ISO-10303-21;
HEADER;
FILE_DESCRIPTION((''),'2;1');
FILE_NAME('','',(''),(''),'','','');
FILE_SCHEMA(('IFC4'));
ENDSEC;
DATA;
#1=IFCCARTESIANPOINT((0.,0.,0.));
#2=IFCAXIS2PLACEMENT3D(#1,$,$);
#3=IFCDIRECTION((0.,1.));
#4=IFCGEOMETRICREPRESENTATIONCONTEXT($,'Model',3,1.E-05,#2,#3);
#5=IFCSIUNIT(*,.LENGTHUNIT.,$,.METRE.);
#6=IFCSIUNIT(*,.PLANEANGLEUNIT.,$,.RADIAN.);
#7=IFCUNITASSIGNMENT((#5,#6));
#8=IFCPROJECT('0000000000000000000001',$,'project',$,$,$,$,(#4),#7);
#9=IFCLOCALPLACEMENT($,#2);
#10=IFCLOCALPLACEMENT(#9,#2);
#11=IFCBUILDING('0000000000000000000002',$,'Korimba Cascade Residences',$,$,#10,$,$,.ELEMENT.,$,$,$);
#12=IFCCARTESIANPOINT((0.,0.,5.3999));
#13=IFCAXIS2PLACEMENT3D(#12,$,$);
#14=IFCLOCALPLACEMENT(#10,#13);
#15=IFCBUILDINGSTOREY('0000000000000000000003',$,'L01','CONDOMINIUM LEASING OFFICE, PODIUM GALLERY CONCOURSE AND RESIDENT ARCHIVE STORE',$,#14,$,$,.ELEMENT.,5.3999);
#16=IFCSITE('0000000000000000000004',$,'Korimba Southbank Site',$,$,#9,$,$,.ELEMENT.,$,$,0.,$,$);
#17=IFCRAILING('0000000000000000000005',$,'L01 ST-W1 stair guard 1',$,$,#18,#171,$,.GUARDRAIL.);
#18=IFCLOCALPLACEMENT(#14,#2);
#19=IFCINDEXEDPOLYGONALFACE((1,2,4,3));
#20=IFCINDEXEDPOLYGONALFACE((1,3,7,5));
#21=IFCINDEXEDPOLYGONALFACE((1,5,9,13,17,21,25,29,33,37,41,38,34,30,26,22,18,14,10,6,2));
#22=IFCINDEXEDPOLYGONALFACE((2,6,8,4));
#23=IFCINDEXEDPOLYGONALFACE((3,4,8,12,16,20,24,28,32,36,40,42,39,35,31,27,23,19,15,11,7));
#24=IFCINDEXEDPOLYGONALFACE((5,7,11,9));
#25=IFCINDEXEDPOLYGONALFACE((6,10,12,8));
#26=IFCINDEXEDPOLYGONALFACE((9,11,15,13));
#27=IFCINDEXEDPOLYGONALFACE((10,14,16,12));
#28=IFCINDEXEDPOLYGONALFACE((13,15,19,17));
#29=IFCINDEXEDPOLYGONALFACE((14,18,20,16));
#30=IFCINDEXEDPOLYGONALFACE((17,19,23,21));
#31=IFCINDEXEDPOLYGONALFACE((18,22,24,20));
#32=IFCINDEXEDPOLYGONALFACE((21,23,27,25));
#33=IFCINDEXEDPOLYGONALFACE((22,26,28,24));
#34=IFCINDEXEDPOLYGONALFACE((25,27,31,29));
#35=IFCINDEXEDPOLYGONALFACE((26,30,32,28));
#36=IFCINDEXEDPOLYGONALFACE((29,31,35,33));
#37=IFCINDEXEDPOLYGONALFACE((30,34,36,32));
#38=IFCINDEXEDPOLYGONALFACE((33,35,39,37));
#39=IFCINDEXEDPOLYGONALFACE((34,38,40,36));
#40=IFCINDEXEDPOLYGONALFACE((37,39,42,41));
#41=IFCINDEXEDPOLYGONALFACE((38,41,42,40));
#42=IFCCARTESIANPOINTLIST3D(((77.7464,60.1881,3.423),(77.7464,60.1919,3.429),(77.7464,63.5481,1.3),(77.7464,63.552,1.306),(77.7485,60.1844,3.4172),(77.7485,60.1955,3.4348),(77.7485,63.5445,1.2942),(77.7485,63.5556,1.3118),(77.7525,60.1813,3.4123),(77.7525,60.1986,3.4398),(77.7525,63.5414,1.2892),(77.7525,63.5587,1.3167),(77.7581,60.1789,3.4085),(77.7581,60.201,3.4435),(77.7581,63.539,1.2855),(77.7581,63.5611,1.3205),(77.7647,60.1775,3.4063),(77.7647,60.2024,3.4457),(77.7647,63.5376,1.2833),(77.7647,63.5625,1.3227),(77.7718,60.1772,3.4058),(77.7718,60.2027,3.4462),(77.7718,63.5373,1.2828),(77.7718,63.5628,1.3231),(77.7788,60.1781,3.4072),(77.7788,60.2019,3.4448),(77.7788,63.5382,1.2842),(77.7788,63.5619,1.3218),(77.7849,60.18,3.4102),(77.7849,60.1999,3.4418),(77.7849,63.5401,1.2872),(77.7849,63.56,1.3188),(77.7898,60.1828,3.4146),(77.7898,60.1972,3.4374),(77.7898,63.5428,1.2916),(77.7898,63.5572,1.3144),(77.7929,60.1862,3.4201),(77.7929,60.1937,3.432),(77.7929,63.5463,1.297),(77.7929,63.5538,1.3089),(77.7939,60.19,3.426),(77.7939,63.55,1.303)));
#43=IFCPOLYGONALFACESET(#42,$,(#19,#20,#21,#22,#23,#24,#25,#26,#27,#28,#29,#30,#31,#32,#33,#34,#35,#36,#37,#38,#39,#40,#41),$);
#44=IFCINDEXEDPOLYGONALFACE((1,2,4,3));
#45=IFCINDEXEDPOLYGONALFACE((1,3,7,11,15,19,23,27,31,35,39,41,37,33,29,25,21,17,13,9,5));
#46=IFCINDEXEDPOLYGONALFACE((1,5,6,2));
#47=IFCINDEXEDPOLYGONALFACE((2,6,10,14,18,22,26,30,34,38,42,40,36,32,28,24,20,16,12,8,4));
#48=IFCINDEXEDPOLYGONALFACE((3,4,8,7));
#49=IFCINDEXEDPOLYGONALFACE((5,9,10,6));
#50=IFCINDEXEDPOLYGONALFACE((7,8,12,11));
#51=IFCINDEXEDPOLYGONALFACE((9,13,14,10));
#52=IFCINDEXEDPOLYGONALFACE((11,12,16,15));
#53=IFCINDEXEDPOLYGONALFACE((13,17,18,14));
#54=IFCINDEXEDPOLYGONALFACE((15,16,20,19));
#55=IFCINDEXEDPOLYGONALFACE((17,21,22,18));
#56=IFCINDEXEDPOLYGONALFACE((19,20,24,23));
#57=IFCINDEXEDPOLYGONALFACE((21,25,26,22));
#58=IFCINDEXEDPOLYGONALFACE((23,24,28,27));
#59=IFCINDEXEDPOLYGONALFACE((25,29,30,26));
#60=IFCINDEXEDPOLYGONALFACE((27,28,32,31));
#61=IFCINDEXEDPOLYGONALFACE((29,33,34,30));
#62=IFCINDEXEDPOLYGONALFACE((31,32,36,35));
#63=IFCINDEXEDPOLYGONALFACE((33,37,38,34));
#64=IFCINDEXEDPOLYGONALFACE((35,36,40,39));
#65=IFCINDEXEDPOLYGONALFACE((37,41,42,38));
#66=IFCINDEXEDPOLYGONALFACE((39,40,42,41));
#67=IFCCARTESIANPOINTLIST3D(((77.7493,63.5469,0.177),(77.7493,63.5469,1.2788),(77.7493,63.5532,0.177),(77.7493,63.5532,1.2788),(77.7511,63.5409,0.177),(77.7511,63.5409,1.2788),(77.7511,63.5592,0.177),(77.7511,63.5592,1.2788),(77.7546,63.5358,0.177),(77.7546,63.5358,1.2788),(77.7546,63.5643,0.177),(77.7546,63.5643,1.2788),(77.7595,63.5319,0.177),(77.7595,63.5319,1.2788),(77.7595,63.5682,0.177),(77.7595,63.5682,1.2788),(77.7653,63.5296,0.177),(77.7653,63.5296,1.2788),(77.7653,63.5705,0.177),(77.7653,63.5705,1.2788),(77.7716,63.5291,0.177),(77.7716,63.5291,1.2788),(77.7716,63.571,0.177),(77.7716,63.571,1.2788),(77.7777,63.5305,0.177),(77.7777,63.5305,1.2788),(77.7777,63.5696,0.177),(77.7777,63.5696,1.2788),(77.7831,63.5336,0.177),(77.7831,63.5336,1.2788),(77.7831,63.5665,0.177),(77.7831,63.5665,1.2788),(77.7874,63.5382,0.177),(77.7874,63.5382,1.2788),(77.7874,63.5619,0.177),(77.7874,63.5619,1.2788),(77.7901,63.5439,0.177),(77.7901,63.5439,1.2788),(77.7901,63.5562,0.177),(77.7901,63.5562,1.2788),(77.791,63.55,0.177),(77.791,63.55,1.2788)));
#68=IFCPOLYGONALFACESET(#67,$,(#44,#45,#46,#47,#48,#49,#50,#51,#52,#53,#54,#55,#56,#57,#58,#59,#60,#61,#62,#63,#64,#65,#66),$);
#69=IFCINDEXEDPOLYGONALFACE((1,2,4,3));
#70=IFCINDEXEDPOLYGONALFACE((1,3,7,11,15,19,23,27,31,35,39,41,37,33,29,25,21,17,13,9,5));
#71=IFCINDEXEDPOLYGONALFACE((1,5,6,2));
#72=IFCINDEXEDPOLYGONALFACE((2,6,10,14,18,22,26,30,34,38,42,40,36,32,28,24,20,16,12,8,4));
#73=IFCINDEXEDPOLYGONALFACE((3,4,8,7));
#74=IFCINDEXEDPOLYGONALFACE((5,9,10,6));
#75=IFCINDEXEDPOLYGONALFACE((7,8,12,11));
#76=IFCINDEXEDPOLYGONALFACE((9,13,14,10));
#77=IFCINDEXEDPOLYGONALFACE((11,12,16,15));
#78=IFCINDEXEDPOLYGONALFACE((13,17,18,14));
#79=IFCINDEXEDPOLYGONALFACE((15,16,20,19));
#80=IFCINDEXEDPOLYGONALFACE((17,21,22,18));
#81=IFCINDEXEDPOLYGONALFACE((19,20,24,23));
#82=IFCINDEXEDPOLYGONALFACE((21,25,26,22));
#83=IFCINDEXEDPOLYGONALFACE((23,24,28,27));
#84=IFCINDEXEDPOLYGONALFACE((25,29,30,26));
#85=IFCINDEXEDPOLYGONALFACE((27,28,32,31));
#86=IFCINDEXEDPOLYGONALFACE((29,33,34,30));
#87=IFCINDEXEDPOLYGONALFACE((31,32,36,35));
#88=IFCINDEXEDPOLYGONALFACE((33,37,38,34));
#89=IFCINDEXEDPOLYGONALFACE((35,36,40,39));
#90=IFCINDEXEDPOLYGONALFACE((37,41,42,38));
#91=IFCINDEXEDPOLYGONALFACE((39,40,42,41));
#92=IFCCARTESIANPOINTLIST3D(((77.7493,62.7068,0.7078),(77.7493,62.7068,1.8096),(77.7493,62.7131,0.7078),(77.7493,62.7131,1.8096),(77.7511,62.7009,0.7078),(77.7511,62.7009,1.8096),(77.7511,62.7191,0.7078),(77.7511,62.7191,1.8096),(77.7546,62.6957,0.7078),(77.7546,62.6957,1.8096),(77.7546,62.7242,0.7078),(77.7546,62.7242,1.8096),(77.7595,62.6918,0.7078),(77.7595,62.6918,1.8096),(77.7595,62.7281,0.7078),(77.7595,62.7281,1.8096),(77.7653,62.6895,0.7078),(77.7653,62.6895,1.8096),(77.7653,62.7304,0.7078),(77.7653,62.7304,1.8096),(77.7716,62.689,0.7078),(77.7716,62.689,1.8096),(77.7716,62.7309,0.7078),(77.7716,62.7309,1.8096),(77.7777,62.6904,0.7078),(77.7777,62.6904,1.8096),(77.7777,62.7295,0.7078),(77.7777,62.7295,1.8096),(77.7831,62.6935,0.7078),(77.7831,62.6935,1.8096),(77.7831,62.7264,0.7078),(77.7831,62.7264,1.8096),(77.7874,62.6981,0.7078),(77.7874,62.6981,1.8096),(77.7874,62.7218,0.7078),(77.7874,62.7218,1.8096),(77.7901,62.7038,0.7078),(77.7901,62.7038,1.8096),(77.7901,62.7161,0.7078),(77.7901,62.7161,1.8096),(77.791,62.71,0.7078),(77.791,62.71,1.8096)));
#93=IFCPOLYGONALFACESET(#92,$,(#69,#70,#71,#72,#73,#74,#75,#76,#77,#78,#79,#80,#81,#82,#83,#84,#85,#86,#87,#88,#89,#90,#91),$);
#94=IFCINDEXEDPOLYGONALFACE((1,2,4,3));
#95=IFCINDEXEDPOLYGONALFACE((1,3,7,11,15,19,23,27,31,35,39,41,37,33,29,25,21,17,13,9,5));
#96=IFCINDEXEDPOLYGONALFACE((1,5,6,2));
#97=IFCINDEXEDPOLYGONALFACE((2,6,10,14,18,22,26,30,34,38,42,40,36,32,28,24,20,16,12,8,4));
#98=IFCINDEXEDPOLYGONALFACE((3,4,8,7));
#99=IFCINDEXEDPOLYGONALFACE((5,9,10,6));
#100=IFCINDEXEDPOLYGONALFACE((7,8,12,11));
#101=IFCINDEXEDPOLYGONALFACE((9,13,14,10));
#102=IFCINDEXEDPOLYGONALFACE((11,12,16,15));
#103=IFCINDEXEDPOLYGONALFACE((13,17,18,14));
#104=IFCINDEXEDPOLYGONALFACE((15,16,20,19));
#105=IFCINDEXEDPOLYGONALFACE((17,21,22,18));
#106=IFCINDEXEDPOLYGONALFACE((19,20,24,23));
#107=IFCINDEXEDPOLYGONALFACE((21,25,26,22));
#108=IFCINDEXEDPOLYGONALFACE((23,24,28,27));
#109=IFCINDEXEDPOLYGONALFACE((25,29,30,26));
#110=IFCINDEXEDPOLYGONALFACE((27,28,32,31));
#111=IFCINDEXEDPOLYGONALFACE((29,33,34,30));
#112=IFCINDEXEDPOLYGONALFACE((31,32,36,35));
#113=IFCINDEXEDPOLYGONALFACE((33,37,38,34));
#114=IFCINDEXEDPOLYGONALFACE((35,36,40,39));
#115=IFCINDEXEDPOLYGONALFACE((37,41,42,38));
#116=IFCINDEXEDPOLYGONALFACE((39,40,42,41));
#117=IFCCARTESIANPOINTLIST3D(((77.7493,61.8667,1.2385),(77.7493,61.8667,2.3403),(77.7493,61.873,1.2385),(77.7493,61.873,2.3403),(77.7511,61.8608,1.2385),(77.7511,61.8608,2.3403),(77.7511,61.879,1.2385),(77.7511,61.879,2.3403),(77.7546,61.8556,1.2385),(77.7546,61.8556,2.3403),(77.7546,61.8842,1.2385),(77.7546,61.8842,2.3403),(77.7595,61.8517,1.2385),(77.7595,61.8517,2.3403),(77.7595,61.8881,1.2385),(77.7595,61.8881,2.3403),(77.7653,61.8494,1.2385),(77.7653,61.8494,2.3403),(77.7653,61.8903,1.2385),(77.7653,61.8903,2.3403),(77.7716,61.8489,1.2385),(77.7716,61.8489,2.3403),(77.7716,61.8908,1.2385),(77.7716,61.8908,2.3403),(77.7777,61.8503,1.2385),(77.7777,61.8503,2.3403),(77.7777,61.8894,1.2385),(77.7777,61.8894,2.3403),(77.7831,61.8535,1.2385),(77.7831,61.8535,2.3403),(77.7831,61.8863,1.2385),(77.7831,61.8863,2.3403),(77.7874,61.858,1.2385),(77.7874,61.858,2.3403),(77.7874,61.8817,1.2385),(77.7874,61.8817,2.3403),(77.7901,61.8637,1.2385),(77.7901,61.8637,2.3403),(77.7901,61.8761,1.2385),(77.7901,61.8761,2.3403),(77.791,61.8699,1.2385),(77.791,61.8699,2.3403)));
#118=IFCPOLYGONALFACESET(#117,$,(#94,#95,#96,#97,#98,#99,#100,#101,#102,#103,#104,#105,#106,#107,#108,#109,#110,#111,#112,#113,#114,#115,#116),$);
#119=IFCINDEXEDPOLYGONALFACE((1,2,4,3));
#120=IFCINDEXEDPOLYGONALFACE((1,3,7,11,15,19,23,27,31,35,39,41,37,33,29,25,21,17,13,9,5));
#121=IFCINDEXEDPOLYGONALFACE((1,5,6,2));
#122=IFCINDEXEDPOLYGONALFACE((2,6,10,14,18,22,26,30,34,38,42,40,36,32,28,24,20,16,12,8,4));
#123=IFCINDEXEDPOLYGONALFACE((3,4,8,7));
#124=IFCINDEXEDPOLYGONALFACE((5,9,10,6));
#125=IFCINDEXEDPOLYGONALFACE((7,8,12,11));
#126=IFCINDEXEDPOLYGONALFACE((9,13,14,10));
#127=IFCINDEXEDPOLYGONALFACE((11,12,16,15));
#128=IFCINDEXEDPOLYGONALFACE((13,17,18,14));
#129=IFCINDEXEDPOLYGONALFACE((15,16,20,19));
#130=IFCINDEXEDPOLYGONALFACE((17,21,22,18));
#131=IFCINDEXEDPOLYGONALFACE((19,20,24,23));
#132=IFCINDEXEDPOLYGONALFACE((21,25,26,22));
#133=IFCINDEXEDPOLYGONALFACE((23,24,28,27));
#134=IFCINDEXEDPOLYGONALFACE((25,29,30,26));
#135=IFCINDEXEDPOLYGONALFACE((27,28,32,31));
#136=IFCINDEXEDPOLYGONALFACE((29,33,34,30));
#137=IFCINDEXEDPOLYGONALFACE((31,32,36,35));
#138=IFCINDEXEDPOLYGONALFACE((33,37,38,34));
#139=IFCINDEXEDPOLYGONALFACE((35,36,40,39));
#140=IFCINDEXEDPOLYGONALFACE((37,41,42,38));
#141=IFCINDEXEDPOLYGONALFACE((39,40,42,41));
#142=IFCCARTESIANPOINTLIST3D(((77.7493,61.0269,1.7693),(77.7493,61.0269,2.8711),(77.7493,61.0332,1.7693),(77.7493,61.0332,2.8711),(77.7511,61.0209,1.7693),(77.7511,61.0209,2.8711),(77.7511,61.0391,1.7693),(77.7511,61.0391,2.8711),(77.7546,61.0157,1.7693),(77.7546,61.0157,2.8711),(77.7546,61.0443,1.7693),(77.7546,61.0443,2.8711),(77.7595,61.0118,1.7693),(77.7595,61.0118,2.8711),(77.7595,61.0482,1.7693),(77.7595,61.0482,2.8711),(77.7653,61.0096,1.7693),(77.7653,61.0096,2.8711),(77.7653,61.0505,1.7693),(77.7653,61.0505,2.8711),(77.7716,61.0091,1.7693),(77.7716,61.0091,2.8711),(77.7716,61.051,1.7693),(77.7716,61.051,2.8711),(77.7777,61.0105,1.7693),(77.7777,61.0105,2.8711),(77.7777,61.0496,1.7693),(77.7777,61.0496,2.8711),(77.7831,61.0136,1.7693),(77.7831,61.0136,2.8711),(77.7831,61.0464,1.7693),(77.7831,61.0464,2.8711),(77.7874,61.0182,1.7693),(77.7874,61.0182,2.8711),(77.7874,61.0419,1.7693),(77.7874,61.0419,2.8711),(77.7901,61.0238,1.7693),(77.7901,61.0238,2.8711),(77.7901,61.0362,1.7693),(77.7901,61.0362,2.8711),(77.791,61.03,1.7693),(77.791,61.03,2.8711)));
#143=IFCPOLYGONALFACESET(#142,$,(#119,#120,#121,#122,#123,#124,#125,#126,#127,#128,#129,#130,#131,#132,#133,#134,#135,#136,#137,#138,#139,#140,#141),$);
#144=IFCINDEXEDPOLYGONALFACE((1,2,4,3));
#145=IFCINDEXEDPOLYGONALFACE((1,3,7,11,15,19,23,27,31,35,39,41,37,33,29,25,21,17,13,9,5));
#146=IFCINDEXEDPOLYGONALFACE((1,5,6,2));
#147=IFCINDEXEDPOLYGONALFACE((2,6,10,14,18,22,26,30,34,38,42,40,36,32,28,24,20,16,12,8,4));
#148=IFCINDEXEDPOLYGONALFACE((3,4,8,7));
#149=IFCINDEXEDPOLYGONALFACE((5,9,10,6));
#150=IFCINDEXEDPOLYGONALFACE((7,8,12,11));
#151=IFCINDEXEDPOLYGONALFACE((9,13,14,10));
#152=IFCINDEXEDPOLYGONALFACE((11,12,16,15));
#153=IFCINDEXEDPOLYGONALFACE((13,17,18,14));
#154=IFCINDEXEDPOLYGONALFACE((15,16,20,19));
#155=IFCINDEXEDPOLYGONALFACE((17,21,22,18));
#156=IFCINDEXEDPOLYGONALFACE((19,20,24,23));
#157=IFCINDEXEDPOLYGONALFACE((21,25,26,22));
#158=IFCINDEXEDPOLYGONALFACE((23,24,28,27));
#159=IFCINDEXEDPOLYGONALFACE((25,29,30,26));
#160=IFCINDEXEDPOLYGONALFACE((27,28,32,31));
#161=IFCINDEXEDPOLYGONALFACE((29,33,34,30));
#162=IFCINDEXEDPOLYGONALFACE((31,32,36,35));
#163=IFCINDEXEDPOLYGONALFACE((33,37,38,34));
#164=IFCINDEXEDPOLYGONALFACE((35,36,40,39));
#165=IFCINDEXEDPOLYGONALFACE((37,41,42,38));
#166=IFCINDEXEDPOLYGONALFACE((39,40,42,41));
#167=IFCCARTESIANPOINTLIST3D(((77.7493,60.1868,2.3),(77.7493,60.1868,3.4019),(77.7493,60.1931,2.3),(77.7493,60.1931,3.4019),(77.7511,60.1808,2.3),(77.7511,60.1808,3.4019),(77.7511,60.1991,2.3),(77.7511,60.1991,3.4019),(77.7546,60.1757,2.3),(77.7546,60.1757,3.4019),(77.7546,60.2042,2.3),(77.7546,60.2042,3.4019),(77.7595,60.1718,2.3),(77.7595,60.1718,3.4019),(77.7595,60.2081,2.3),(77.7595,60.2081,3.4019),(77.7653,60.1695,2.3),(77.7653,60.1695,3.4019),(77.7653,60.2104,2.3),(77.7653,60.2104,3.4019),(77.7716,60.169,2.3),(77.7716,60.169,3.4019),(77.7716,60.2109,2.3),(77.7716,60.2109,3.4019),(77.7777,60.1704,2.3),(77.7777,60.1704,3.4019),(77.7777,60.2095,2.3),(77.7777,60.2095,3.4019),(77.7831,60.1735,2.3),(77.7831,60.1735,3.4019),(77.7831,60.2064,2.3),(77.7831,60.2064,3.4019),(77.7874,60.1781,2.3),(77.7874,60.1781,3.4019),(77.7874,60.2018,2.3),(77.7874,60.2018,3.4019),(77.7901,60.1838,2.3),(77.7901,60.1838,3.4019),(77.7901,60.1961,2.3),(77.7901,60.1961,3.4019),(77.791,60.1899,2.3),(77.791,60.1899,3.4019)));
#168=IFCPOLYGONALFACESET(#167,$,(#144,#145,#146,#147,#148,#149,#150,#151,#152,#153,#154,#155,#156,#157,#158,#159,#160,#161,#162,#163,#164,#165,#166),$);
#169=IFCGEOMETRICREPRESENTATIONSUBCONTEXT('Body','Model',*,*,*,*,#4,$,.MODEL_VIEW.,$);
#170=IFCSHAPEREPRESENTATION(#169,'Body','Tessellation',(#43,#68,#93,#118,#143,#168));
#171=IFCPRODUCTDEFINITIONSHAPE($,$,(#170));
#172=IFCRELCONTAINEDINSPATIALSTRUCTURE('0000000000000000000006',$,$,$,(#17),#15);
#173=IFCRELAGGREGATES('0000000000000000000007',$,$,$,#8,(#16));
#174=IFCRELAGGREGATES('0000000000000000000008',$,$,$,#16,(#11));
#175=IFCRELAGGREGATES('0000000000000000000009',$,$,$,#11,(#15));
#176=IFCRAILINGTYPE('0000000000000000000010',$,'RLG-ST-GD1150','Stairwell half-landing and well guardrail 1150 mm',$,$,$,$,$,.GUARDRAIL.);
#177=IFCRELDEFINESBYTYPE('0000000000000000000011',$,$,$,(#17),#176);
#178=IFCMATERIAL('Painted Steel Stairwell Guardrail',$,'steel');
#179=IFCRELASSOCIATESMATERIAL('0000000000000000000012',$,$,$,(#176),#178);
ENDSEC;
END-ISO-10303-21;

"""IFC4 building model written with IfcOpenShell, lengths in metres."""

from ifc_helpers import new_model, si_unit, direction, frame, origin, origin_2d, place, context, subcontext, project, spatial, circle, extrude, material, type_object, element, save


model = new_model("IFC4")

# Units and contexts
model_context = context("Model", 3, precision=1e-05, world=origin(), true_north=direction((0.0, 1.0)))
body_context = subcontext(model_context, "Body", "Model", "MODEL_VIEW")
ifc_project = project(units=[si_unit("LENGTHUNIT", "METRE"), si_unit("PLANEANGLEUNIT", "RADIAN")], contexts=[model_context])

# Site, building, storey
site_placement = place(None, origin())
site = spatial("IfcSite", under=ifc_project, at=site_placement, Name="Korimba Southbank Site", CompositionType="ELEMENT", RefElevation=0.0)
building_placement = place(site_placement, origin())
building = spatial("IfcBuilding", under=site, at=building_placement, Name="Korimba Cascade Residences", CompositionType="ELEMENT")
storey_placement = place(building_placement, frame((0.0, 0.0, 5.3999)))
storey = spatial("IfcBuildingStorey", under=building, at=storey_placement, Name="L01", Description="CONDOMINIUM LEASING OFFICE, PODIUM GALLERY CONCOURSE AND RESIDENT ARCHIVE STORE", CompositionType="ELEMENT", Elevation=5.3999)

# Railing
ifc_material_1 = material(Name="Painted Steel Stairwell Guardrail", Category="steel")
railing_type_1 = type_object("IfcRailingType", Name="RLG-ST-GD1150", Description="Stairwell half-landing and well guardrail 1150 mm", PredefinedType="GUARDRAIL", material=ifc_material_1)
railing_1_placement = place(storey_placement, frame((77.77, 63.55, 0.177)))
element("IfcRailing", 1, at=railing_1_placement, inside=storey, type_object=railing_type_1, Name="L01 ST-W1 stair guard 1", PredefinedType="GUARDRAIL", context=body_context, shape_type="SweptSolid", body=[
    extrude(circle(Radius=0.0239, at=origin_2d()), frame((0.0, 0.0, 1.126), z_axis=(0.0, -0.84539, 0.53415), x_axis=(1.0, 0.0, 0.0)), (0.0, 0.0, 1.0), 3.9746),
    extrude(circle(Radius=0.021, at=origin_2d()), origin(), (0.0, 0.0, 1.0), 1.1018),
    extrude(circle(Radius=0.021, at=origin_2d()), frame((0.0, -0.8401, 0.5308)), (0.0, 0.0, 1.0), 1.1018),
    extrude(circle(Radius=0.021, at=origin_2d()), frame((0.0, -1.6802, 1.0615)), (0.0, 0.0, 1.0), 1.1018),
    extrude(circle(Radius=0.021, at=origin_2d()), frame((0.0, -2.52, 1.5923)), (0.0, 0.0, 1.0), 1.1018),
    extrude(circle(Radius=0.021, at=origin_2d()), frame((0.0, -3.3601, 2.123)), (0.0, 0.0, 1.0), 1.1018),
])

save(model, "model.ifc")
